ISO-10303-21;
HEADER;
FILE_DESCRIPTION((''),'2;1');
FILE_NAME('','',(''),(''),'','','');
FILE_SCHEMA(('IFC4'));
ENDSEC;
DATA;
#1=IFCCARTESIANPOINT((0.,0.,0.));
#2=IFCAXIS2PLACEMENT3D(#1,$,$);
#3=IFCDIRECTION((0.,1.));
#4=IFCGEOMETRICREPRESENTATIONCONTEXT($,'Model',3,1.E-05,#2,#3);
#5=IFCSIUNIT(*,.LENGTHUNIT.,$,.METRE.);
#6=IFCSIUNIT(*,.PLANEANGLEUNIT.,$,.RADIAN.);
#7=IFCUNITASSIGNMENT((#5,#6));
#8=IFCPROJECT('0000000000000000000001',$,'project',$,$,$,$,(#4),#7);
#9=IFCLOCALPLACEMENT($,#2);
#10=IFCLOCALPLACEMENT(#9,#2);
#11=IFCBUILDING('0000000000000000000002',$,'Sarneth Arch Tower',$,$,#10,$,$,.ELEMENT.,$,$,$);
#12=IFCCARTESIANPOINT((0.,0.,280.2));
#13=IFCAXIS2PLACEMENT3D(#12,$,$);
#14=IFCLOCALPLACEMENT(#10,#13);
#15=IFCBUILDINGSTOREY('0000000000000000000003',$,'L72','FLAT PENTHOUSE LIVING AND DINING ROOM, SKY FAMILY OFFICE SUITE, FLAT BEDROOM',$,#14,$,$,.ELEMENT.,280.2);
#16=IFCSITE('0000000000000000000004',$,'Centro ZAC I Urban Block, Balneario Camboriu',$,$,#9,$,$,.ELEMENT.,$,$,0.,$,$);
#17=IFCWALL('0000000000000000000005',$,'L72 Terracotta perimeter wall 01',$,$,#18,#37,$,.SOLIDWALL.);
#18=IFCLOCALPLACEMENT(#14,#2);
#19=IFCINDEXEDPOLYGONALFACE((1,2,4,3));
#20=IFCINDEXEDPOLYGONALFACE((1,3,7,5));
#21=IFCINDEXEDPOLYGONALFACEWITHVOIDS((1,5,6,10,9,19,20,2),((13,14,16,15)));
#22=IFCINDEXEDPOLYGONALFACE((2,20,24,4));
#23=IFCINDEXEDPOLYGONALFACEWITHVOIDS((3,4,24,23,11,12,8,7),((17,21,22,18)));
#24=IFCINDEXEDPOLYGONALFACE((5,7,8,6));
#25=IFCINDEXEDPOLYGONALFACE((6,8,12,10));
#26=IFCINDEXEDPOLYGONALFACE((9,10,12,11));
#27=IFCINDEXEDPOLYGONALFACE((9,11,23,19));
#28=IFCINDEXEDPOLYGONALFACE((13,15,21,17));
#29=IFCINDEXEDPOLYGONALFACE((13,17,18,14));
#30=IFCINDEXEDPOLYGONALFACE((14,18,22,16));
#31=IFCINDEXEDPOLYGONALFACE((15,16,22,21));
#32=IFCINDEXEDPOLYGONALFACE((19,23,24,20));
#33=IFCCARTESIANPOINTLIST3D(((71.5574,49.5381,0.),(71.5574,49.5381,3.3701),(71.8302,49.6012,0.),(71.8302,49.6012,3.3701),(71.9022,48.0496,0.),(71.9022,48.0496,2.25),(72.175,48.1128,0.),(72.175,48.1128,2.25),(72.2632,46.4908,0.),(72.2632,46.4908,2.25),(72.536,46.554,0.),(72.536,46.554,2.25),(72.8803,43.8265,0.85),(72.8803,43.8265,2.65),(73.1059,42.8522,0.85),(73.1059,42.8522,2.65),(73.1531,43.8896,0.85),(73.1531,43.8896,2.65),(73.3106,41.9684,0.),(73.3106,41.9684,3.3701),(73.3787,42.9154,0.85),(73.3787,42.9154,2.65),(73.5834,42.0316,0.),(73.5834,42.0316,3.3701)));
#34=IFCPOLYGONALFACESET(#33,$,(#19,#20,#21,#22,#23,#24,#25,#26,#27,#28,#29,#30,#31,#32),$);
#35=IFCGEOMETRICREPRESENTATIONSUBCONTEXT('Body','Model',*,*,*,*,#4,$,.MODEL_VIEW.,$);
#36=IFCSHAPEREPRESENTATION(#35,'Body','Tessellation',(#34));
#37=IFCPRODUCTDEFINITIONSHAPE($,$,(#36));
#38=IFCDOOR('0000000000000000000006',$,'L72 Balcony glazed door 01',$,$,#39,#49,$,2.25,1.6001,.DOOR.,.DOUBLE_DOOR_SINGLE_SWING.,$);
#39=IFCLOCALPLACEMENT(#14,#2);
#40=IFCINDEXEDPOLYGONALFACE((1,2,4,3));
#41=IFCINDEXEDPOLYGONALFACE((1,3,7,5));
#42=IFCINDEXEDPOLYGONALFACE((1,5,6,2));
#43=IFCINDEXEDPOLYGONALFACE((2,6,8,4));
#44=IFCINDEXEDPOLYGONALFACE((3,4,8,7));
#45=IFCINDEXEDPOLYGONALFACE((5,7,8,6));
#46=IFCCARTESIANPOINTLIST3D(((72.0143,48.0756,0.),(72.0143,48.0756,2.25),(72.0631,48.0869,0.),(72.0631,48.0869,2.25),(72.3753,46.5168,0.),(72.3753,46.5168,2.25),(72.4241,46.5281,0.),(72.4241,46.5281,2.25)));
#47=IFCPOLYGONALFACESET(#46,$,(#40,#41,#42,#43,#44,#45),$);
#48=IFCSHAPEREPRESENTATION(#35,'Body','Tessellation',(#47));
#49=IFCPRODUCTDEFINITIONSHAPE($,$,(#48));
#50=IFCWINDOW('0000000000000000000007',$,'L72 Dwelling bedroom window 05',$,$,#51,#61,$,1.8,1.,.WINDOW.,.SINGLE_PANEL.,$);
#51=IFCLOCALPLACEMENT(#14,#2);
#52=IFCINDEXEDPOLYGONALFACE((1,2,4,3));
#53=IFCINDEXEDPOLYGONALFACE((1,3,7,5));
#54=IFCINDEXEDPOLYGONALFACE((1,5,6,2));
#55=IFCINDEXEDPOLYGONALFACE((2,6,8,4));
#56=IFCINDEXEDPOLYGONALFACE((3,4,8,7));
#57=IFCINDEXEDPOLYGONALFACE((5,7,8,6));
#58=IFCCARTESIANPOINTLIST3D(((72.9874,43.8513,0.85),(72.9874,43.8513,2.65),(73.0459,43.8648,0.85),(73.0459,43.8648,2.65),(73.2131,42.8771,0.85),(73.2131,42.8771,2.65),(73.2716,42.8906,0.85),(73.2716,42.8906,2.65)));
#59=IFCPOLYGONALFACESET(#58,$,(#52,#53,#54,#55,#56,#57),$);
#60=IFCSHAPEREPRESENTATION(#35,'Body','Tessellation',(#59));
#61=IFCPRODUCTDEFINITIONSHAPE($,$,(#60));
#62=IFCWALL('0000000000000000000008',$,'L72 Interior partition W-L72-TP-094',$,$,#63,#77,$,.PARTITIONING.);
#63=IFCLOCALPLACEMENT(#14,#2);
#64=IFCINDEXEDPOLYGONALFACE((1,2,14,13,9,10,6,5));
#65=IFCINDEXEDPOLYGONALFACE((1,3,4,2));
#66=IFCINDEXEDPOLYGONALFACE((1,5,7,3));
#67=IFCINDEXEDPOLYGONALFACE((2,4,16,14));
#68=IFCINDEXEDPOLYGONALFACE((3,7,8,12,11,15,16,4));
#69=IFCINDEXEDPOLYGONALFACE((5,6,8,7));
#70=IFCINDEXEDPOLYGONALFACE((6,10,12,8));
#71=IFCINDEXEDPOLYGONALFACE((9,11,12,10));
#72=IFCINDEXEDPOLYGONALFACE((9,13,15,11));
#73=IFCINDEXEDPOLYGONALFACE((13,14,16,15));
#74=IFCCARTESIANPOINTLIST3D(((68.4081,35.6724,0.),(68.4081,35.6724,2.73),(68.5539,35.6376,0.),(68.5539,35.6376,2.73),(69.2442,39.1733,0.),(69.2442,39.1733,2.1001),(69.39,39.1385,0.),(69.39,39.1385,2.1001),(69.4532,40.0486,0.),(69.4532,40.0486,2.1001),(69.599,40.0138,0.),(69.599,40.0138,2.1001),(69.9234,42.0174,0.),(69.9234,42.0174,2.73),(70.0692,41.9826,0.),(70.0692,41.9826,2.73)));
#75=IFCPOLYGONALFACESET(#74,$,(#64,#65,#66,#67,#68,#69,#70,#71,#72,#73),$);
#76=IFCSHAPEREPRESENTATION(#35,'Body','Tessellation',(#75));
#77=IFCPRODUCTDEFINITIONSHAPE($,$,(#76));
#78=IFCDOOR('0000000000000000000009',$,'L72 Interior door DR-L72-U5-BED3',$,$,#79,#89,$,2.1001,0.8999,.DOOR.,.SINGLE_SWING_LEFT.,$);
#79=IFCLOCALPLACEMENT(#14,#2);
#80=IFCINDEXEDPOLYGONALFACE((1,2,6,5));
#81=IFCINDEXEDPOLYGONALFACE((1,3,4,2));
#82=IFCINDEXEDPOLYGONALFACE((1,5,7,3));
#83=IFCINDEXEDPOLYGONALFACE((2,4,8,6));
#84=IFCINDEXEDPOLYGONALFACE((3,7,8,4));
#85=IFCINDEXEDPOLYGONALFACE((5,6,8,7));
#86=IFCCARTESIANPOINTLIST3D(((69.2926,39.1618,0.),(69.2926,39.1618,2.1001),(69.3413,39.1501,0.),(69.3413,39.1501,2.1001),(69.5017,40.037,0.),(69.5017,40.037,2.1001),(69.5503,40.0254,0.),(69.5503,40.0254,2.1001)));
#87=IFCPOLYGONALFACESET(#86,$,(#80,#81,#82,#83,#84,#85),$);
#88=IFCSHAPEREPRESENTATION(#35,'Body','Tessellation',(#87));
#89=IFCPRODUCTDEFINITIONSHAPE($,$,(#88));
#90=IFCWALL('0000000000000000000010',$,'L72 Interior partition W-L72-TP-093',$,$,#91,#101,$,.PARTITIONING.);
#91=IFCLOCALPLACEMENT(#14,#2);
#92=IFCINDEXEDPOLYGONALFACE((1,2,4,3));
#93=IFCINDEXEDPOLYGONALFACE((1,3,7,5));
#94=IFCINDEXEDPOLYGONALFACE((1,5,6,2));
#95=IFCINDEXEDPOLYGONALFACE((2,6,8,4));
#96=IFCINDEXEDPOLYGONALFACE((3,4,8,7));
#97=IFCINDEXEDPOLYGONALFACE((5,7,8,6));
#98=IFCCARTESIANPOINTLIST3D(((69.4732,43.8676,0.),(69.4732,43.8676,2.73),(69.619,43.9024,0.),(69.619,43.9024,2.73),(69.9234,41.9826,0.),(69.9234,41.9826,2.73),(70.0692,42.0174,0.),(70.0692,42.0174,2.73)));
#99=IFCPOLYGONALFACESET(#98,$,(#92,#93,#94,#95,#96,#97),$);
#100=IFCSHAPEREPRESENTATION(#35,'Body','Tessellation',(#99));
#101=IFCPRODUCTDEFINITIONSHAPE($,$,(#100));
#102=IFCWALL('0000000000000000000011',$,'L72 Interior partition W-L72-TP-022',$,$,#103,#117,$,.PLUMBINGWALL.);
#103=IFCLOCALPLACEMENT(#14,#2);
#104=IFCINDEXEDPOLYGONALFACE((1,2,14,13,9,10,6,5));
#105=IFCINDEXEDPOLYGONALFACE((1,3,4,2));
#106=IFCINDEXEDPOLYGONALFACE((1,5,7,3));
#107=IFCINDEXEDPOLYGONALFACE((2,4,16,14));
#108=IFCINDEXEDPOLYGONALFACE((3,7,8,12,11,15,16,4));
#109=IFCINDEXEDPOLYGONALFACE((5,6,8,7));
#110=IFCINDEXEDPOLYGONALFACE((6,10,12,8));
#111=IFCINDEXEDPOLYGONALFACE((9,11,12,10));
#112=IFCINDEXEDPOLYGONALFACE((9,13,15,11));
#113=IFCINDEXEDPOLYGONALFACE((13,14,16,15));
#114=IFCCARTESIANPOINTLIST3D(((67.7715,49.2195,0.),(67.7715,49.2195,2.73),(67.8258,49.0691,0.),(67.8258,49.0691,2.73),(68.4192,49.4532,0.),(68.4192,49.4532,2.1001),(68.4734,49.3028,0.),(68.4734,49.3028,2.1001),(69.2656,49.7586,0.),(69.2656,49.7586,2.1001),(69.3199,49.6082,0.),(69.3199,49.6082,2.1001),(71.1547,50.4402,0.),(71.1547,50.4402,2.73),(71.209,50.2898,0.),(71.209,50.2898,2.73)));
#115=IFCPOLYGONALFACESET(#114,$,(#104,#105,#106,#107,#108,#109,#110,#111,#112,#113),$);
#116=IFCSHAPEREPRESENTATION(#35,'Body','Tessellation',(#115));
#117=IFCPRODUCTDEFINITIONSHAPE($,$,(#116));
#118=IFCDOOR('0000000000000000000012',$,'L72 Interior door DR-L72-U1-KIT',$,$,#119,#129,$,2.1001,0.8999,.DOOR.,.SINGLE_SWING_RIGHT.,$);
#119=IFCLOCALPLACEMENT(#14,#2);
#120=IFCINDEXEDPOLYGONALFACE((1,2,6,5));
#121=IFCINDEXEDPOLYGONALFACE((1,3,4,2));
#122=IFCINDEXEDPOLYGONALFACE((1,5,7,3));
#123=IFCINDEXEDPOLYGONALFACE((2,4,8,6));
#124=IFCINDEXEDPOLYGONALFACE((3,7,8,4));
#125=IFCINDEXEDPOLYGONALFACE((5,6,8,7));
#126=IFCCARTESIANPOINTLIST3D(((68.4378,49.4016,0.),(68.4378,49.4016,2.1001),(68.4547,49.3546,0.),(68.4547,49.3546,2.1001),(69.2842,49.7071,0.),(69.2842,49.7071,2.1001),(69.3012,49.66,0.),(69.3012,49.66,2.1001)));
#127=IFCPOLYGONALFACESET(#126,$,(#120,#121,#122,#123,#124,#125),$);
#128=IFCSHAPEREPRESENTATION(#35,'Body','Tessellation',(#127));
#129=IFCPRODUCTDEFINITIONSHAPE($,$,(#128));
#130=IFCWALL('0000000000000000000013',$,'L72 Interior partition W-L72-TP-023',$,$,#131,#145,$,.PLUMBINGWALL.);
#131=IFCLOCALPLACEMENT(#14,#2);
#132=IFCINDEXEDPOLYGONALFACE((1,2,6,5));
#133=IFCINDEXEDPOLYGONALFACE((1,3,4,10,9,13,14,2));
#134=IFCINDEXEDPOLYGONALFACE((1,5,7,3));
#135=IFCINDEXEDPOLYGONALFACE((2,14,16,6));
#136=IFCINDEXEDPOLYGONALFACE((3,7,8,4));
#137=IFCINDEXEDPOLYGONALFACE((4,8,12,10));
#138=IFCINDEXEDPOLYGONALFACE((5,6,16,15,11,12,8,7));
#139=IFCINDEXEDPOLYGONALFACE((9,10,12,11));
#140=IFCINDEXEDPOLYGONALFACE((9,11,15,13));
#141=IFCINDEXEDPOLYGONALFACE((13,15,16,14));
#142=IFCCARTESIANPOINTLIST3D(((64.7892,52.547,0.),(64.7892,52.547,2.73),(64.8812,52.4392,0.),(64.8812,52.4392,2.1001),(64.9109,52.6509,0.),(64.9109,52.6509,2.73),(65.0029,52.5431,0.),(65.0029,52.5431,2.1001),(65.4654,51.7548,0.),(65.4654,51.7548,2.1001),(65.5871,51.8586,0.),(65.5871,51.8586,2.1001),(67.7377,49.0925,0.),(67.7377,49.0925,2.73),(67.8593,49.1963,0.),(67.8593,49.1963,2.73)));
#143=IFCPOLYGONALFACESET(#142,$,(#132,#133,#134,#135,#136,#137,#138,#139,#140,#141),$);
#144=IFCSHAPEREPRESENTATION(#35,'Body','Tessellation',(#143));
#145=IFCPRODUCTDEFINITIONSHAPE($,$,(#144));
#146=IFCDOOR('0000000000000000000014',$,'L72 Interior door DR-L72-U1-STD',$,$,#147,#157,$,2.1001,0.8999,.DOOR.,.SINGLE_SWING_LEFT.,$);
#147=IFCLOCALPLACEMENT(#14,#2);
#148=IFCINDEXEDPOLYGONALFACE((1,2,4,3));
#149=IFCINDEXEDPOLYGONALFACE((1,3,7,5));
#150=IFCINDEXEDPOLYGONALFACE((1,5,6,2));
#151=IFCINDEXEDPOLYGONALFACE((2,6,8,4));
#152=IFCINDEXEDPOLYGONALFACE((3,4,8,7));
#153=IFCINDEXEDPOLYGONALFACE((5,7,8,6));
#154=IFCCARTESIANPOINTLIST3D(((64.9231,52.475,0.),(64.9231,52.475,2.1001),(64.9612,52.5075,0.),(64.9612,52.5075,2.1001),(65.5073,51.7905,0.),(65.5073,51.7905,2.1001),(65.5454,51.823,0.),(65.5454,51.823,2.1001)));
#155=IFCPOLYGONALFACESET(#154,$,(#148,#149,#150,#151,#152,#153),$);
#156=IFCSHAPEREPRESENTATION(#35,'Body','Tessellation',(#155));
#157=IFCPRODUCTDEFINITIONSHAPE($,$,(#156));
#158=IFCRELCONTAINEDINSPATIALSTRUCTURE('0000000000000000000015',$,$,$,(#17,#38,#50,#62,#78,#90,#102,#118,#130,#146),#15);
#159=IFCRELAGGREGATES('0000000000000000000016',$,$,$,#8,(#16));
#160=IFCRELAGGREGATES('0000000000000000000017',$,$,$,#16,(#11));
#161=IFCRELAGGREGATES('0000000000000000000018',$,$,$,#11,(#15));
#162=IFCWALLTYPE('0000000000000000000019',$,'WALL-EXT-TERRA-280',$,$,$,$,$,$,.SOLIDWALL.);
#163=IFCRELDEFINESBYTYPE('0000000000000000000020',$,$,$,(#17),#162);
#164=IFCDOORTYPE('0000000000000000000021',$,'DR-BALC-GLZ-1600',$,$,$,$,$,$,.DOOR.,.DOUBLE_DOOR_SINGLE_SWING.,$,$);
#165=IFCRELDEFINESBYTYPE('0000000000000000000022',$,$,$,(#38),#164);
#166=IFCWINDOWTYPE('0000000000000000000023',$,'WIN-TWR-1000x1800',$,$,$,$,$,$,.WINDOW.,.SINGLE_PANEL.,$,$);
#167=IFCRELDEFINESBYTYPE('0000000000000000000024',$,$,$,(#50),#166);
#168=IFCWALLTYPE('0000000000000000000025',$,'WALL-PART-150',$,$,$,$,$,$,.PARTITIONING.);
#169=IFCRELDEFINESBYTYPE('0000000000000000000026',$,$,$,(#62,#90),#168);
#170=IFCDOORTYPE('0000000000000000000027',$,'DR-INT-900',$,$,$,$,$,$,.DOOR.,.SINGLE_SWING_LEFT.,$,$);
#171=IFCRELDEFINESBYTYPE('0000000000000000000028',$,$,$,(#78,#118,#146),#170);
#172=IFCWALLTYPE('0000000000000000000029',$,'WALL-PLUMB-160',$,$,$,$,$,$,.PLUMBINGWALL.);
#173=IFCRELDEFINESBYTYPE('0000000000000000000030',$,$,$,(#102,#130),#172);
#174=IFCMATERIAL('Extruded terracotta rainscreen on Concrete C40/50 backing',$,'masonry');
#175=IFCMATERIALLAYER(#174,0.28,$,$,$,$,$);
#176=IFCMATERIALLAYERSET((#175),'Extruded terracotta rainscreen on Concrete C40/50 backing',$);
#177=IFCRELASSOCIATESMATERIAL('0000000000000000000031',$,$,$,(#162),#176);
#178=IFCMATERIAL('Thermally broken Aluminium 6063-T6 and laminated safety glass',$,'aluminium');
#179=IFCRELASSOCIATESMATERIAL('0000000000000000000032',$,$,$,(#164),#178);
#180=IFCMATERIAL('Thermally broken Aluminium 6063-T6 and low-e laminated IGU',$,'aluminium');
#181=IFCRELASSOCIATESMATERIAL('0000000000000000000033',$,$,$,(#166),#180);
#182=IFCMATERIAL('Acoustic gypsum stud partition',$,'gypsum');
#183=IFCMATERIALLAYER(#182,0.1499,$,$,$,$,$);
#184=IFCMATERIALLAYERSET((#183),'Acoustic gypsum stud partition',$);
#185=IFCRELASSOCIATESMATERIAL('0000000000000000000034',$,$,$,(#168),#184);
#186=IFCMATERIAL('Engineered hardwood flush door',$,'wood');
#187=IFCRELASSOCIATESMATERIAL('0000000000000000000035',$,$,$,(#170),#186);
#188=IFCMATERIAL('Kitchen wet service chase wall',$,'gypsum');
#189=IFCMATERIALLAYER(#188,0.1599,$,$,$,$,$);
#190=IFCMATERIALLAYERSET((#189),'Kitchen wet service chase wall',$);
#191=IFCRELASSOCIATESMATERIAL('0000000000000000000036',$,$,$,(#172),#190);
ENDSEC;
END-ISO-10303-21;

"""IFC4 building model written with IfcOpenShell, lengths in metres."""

from ifc_helpers import new_model, si_unit, direction, frame, frame_2d, origin, place, context, subcontext, project, spatial, rectangle, extrude, material, layer, layer_set, type_object, element, fill, save


model = new_model("IFC4")

# Units and contexts
model_context = context("Model", 3, precision=1e-05, world=origin(), true_north=direction((0.0, 1.0)))
body_context = subcontext(model_context, "Body", "Model", "MODEL_VIEW")
ifc_project = project(units=[si_unit("LENGTHUNIT", "METRE"), si_unit("PLANEANGLEUNIT", "RADIAN")], contexts=[model_context])

# Site, building, storey
site_placement = place(None, origin())
site = spatial("IfcSite", under=ifc_project, at=site_placement, Name="Centro ZAC I Urban Block, Balneario Camboriu", CompositionType="ELEMENT", RefElevation=0.0)
building_placement = place(site_placement, origin())
building = spatial("IfcBuilding", under=site, at=building_placement, Name="Sarneth Arch Tower", CompositionType="ELEMENT")
storey_placement = place(building_placement, frame((0.0, 0.0, 280.2)))
storey = spatial("IfcBuildingStorey", under=building, at=storey_placement, Name="L72", Description="FLAT PENTHOUSE LIVING AND DINING ROOM, SKY FAMILY OFFICE SUITE, FLAT BEDROOM", CompositionType="ELEMENT", Elevation=280.2)

# Wall, openings, door, window
ifc_material_1 = material(Name="Extruded terracotta rainscreen on Concrete C40/50 backing", Category="masonry")
ifc_layer_1 = layer(ifc_material_1, 0.28)
ifc_layer_set_1 = layer_set([ifc_layer_1], Name="Extruded terracotta rainscreen on Concrete C40/50 backing")
wall_type_1 = type_object("IfcWallType", Name="WALL-EXT-TERRA-280", PredefinedType="SOLIDWALL", material=ifc_layer_set_1)
wall_1_placement = place(storey_placement, frame((73.447, 42.0, 0.0), z_axis=(0.0, 0.0, 1.0), x_axis=(-0.225635, 0.974212, 0.0)))
wall_1 = element("IfcWall", 1, at=wall_1_placement, inside=storey, type_object=wall_type_1, Name="L72 Terracotta perimeter wall 01", PredefinedType="SOLIDWALL", context=body_context, shape_type="SweptSolid", body=[
    extrude(rectangle(XDim=7.77, YDim=0.28, at=frame_2d((3.885, 0.0))), origin(), (0.0, 0.0, 1.0), 3.3701),
])
opening_1_placement = place(wall_1_placement, frame((4.6421, 0.0, 0.0)))
opening_1 = element("IfcOpeningElement", 2, at=opening_1_placement, cuts=wall_1, PredefinedType="OPENING", context=body_context, shape_type="SweptSolid", body=[
    extrude(rectangle(XDim=1.6001, YDim=2.25, at=frame_2d((0.8, 1.125))), frame((0.0, 0.1499, 0.0), z_axis=(0.0, -1.0, 0.0), x_axis=(1.0, 0.0, 0.0)), (0.0, 0.0, 1.0), 0.3),
])
opening_2_placement = place(wall_1_placement, frame((0.9072, 0.0, 0.8501)))
opening_2 = element("IfcOpeningElement", 3, at=opening_2_placement, cuts=wall_1, PredefinedType="OPENING", context=body_context, shape_type="SweptSolid", body=[
    extrude(rectangle(XDim=1.0, YDim=1.8, at=frame_2d((0.5, 0.8999))), frame((0.0, 0.1499, 0.0), z_axis=(0.0, -1.0, 0.0), x_axis=(1.0, 0.0, 0.0)), (0.0, 0.0, 1.0), 0.3),
])
ifc_material_2 = material(Name="Thermally broken Aluminium 6063-T6 and laminated safety glass", Category="aluminium")
door_type_1 = type_object("IfcDoorType", Name="DR-BALC-GLZ-1600", OperationType="DOUBLE_DOOR_SINGLE_SWING", PredefinedType="DOOR", material=ifc_material_2)
door_1_placement = place(opening_1_placement, origin())
door_1 = element("IfcDoor", 4, at=door_1_placement, inside=storey, type_object=door_type_1, Name="L72 Balcony glazed door 01", OperationType="DOUBLE_DOOR_SINGLE_SWING", OverallHeight=2.25, OverallWidth=1.6001, PredefinedType="DOOR", context=body_context, shape_type="SweptSolid", body=[
    extrude(rectangle(XDim=1.6001, YDim=2.25, at=frame_2d((0.8, 1.125))), frame((0.0, 0.0249, 0.0), z_axis=(0.0, -1.0, 0.0), x_axis=(1.0, 0.0, 0.0)), (0.0, 0.0, 1.0), 0.05),
])
fill(opening_1, door_1)
ifc_material_3 = material(Name="Thermally broken Aluminium 6063-T6 and low-e laminated IGU", Category="aluminium")
window_type = type_object("IfcWindowType", Name="WIN-TWR-1000x1800", PartitioningType="SINGLE_PANEL", PredefinedType="WINDOW", material=ifc_material_3)
window_placement = place(opening_2_placement, origin())
window = element("IfcWindow", 5, at=window_placement, inside=storey, type_object=window_type, Name="L72 Dwelling bedroom window 05", OverallHeight=1.8, OverallWidth=1.0, PartitioningType="SINGLE_PANEL", PredefinedType="WINDOW", context=body_context, shape_type="SweptSolid", body=[
    extrude(rectangle(XDim=1.0, YDim=1.8, at=frame_2d((0.5, 0.8999))), frame((0.0, 0.03, 0.0), z_axis=(0.0, -1.0, 0.0), x_axis=(1.0, 0.0, 0.0)), (0.0, 0.0, 1.0), 0.0601),
])
fill(opening_2, window)

# Wall, opening, door
ifc_material_4 = material(Name="Acoustic gypsum stud partition", Category="gypsum")
ifc_layer_2 = layer(ifc_material_4, 0.1499)
ifc_layer_set_2 = layer_set([ifc_layer_2], Name="Acoustic gypsum stud partition")
wall_type_2 = type_object("IfcWallType", Name="WALL-PART-150", PredefinedType="PARTITIONING", material=ifc_layer_set_2)
wall_2_placement = place(storey_placement, frame((69.9963, 42.0, 0.0), z_axis=(0.0, 0.0, 1.0), x_axis=(-0.232298, -0.972645, 0.0)))
wall_2 = element("IfcWall", 6, at=wall_2_placement, inside=storey, type_object=wall_type_2, Name="L72 Interior partition W-L72-TP-094", PredefinedType="PARTITIONING", context=body_context, shape_type="SweptSolid", body=[
    extrude(rectangle(XDim=6.5234, YDim=0.1499, at=frame_2d((3.2617, 0.0))), origin(), (0.0, 0.0, 1.0), 2.73),
])
opening_3_placement = place(wall_2_placement, frame((2.0242, 0.0, 0.0)))
opening_3 = element("IfcOpeningElement", 7, at=opening_3_placement, cuts=wall_2, PredefinedType="OPENING", context=body_context, shape_type="SweptSolid", body=[
    extrude(rectangle(XDim=0.8999, YDim=2.1001, at=frame_2d((0.45, 1.05))), frame((0.0, 0.085, 0.0), z_axis=(0.0, -1.0, 0.0), x_axis=(1.0, 0.0, 0.0)), (0.0, 0.0, 1.0), 0.1699),
])
ifc_material_5 = material(Name="Engineered hardwood flush door", Category="wood")
door_type_2 = type_object("IfcDoorType", Name="DR-INT-900", OperationType="SINGLE_SWING_LEFT", PredefinedType="DOOR", material=ifc_material_5)
door_2_placement = place(opening_3_placement, origin())
door_2 = element("IfcDoor", 8, at=door_2_placement, inside=storey, type_object=door_type_2, Name="L72 Interior door DR-L72-U5-BED3", OperationType="SINGLE_SWING_LEFT", OverallHeight=2.1001, OverallWidth=0.8999, PredefinedType="DOOR", context=body_context, shape_type="SweptSolid", body=[
    extrude(rectangle(XDim=0.8999, YDim=2.1001, at=frame_2d((0.45, 1.05))), frame((0.0, 0.0249, 0.0), z_axis=(0.0, -1.0, 0.0), x_axis=(1.0, 0.0, 0.0)), (0.0, 0.0, 1.0), 0.05),
])
fill(opening_3, door_2)

# Wall
wall_3_placement = place(storey_placement, frame((69.5461, 43.885, 0.0), z_axis=(0.0, 0.0, 1.0), x_axis=(0.232296, -0.972645, 0.0)))
element("IfcWall", 9, at=wall_3_placement, inside=storey, type_object=wall_type_2, Name="L72 Interior partition W-L72-TP-093", PredefinedType="PARTITIONING", context=body_context, shape_type="SweptSolid", body=[
    extrude(rectangle(XDim=1.938, YDim=0.1499, at=frame_2d((0.969, 0.0))), origin(), (0.0, 0.0, 1.0), 2.73),
])

# Walls, openings, doors
ifc_material_6 = material(Name="Kitchen wet service chase wall", Category="gypsum")
ifc_layer_3 = layer(ifc_material_6, 0.1599)
ifc_layer_set_3 = layer_set([ifc_layer_3], Name="Kitchen wet service chase wall")
wall_type_3 = type_object("IfcWallType", Name="WALL-PLUMB-160", PredefinedType="PLUMBINGWALL", material=ifc_layer_set_3)
wall_4_placement = place(storey_placement, frame((71.1819, 50.365, 0.0), z_axis=(0.0, 0.0, 1.0), x_axis=(-0.940647, -0.339388, 0.0)))
wall_4 = element("IfcWall", 10, at=wall_4_placement, inside=storey, type_object=wall_type_3, Name="L72 Interior partition W-L72-TP-022", PredefinedType="PLUMBINGWALL", context=body_context, shape_type="SweptSolid", body=[
    extrude(rectangle(XDim=3.5967, YDim=0.1599, at=frame_2d((1.7983, 0.0))), origin(), (0.0, 0.0, 1.0), 2.73),
])
opening_4_placement = place(wall_4_placement, frame((2.0083, 0.0, 0.0)))
opening_4 = element("IfcOpeningElement", 11, at=opening_4_placement, cuts=wall_4, PredefinedType="OPENING", context=body_context, shape_type="SweptSolid", body=[
    extrude(rectangle(XDim=0.8999, YDim=2.1001, at=frame_2d((0.45, 1.05))), frame((0.0, 0.0898, 0.0), z_axis=(0.0, -1.0, 0.0), x_axis=(1.0, 0.0, 0.0)), (0.0, 0.0, 1.0), 0.1799),
])
door_3_placement = place(opening_4_placement, origin())
door_3 = element("IfcDoor", 12, at=door_3_placement, inside=storey, type_object=door_type_2, Name="L72 Interior door DR-L72-U1-KIT", OperationType="SINGLE_SWING_RIGHT", OverallHeight=2.1001, OverallWidth=0.8999, PredefinedType="DOOR", context=body_context, shape_type="SweptSolid", body=[
    extrude(rectangle(XDim=0.8999, YDim=2.1001, at=frame_2d((0.45, 1.05))), frame((0.0, 0.0249, 0.0), z_axis=(0.0, -1.0, 0.0), x_axis=(1.0, 0.0, 0.0)), (0.0, 0.0, 1.0), 0.05),
])
fill(opening_4, door_3)
wall_5_placement = place(storey_placement, frame((67.7986, 49.1443, 0.0), z_axis=(0.0, 0.0, 1.0), x_axis=(-0.649192, 0.760625, 0.0)))
wall_5 = element("IfcWall", 13, at=wall_5_placement, inside=storey, type_object=wall_type_3, Name="L72 Interior partition W-L72-TP-023", PredefinedType="PLUMBINGWALL", context=body_context, shape_type="SweptSolid", body=[
    extrude(rectangle(XDim=4.5417, YDim=0.1599, at=frame_2d((2.271, 0.0))), origin(), (0.0, 0.0, 1.0), 2.73),
])
opening_5_placement = place(wall_5_placement, frame((3.5002, 0.0, 0.0)))
opening_5 = element("IfcOpeningElement", 14, at=opening_5_placement, cuts=wall_5, PredefinedType="OPENING", context=body_context, shape_type="SweptSolid", body=[
    extrude(rectangle(XDim=0.8999, YDim=2.1001, at=frame_2d((0.45, 1.05))), frame((0.0, 0.0898, 0.0), z_axis=(0.0, -1.0, 0.0), x_axis=(1.0, 0.0, 0.0)), (0.0, 0.0, 1.0), 0.1799),
])
door_4_placement = place(opening_5_placement, origin())
door_4 = element("IfcDoor", 15, at=door_4_placement, inside=storey, type_object=door_type_2, Name="L72 Interior door DR-L72-U1-STD", OperationType="SINGLE_SWING_LEFT", OverallHeight=2.1001, OverallWidth=0.8999, PredefinedType="DOOR", context=body_context, shape_type="SweptSolid", body=[
    extrude(rectangle(XDim=0.8999, YDim=2.1001, at=frame_2d((0.45, 1.05))), frame((0.0, 0.0249, 0.0), z_axis=(0.0, -1.0, 0.0), x_axis=(1.0, 0.0, 0.0)), (0.0, 0.0, 1.0), 0.05),
])
fill(opening_5, door_4)

save(model, "model.ifc")
